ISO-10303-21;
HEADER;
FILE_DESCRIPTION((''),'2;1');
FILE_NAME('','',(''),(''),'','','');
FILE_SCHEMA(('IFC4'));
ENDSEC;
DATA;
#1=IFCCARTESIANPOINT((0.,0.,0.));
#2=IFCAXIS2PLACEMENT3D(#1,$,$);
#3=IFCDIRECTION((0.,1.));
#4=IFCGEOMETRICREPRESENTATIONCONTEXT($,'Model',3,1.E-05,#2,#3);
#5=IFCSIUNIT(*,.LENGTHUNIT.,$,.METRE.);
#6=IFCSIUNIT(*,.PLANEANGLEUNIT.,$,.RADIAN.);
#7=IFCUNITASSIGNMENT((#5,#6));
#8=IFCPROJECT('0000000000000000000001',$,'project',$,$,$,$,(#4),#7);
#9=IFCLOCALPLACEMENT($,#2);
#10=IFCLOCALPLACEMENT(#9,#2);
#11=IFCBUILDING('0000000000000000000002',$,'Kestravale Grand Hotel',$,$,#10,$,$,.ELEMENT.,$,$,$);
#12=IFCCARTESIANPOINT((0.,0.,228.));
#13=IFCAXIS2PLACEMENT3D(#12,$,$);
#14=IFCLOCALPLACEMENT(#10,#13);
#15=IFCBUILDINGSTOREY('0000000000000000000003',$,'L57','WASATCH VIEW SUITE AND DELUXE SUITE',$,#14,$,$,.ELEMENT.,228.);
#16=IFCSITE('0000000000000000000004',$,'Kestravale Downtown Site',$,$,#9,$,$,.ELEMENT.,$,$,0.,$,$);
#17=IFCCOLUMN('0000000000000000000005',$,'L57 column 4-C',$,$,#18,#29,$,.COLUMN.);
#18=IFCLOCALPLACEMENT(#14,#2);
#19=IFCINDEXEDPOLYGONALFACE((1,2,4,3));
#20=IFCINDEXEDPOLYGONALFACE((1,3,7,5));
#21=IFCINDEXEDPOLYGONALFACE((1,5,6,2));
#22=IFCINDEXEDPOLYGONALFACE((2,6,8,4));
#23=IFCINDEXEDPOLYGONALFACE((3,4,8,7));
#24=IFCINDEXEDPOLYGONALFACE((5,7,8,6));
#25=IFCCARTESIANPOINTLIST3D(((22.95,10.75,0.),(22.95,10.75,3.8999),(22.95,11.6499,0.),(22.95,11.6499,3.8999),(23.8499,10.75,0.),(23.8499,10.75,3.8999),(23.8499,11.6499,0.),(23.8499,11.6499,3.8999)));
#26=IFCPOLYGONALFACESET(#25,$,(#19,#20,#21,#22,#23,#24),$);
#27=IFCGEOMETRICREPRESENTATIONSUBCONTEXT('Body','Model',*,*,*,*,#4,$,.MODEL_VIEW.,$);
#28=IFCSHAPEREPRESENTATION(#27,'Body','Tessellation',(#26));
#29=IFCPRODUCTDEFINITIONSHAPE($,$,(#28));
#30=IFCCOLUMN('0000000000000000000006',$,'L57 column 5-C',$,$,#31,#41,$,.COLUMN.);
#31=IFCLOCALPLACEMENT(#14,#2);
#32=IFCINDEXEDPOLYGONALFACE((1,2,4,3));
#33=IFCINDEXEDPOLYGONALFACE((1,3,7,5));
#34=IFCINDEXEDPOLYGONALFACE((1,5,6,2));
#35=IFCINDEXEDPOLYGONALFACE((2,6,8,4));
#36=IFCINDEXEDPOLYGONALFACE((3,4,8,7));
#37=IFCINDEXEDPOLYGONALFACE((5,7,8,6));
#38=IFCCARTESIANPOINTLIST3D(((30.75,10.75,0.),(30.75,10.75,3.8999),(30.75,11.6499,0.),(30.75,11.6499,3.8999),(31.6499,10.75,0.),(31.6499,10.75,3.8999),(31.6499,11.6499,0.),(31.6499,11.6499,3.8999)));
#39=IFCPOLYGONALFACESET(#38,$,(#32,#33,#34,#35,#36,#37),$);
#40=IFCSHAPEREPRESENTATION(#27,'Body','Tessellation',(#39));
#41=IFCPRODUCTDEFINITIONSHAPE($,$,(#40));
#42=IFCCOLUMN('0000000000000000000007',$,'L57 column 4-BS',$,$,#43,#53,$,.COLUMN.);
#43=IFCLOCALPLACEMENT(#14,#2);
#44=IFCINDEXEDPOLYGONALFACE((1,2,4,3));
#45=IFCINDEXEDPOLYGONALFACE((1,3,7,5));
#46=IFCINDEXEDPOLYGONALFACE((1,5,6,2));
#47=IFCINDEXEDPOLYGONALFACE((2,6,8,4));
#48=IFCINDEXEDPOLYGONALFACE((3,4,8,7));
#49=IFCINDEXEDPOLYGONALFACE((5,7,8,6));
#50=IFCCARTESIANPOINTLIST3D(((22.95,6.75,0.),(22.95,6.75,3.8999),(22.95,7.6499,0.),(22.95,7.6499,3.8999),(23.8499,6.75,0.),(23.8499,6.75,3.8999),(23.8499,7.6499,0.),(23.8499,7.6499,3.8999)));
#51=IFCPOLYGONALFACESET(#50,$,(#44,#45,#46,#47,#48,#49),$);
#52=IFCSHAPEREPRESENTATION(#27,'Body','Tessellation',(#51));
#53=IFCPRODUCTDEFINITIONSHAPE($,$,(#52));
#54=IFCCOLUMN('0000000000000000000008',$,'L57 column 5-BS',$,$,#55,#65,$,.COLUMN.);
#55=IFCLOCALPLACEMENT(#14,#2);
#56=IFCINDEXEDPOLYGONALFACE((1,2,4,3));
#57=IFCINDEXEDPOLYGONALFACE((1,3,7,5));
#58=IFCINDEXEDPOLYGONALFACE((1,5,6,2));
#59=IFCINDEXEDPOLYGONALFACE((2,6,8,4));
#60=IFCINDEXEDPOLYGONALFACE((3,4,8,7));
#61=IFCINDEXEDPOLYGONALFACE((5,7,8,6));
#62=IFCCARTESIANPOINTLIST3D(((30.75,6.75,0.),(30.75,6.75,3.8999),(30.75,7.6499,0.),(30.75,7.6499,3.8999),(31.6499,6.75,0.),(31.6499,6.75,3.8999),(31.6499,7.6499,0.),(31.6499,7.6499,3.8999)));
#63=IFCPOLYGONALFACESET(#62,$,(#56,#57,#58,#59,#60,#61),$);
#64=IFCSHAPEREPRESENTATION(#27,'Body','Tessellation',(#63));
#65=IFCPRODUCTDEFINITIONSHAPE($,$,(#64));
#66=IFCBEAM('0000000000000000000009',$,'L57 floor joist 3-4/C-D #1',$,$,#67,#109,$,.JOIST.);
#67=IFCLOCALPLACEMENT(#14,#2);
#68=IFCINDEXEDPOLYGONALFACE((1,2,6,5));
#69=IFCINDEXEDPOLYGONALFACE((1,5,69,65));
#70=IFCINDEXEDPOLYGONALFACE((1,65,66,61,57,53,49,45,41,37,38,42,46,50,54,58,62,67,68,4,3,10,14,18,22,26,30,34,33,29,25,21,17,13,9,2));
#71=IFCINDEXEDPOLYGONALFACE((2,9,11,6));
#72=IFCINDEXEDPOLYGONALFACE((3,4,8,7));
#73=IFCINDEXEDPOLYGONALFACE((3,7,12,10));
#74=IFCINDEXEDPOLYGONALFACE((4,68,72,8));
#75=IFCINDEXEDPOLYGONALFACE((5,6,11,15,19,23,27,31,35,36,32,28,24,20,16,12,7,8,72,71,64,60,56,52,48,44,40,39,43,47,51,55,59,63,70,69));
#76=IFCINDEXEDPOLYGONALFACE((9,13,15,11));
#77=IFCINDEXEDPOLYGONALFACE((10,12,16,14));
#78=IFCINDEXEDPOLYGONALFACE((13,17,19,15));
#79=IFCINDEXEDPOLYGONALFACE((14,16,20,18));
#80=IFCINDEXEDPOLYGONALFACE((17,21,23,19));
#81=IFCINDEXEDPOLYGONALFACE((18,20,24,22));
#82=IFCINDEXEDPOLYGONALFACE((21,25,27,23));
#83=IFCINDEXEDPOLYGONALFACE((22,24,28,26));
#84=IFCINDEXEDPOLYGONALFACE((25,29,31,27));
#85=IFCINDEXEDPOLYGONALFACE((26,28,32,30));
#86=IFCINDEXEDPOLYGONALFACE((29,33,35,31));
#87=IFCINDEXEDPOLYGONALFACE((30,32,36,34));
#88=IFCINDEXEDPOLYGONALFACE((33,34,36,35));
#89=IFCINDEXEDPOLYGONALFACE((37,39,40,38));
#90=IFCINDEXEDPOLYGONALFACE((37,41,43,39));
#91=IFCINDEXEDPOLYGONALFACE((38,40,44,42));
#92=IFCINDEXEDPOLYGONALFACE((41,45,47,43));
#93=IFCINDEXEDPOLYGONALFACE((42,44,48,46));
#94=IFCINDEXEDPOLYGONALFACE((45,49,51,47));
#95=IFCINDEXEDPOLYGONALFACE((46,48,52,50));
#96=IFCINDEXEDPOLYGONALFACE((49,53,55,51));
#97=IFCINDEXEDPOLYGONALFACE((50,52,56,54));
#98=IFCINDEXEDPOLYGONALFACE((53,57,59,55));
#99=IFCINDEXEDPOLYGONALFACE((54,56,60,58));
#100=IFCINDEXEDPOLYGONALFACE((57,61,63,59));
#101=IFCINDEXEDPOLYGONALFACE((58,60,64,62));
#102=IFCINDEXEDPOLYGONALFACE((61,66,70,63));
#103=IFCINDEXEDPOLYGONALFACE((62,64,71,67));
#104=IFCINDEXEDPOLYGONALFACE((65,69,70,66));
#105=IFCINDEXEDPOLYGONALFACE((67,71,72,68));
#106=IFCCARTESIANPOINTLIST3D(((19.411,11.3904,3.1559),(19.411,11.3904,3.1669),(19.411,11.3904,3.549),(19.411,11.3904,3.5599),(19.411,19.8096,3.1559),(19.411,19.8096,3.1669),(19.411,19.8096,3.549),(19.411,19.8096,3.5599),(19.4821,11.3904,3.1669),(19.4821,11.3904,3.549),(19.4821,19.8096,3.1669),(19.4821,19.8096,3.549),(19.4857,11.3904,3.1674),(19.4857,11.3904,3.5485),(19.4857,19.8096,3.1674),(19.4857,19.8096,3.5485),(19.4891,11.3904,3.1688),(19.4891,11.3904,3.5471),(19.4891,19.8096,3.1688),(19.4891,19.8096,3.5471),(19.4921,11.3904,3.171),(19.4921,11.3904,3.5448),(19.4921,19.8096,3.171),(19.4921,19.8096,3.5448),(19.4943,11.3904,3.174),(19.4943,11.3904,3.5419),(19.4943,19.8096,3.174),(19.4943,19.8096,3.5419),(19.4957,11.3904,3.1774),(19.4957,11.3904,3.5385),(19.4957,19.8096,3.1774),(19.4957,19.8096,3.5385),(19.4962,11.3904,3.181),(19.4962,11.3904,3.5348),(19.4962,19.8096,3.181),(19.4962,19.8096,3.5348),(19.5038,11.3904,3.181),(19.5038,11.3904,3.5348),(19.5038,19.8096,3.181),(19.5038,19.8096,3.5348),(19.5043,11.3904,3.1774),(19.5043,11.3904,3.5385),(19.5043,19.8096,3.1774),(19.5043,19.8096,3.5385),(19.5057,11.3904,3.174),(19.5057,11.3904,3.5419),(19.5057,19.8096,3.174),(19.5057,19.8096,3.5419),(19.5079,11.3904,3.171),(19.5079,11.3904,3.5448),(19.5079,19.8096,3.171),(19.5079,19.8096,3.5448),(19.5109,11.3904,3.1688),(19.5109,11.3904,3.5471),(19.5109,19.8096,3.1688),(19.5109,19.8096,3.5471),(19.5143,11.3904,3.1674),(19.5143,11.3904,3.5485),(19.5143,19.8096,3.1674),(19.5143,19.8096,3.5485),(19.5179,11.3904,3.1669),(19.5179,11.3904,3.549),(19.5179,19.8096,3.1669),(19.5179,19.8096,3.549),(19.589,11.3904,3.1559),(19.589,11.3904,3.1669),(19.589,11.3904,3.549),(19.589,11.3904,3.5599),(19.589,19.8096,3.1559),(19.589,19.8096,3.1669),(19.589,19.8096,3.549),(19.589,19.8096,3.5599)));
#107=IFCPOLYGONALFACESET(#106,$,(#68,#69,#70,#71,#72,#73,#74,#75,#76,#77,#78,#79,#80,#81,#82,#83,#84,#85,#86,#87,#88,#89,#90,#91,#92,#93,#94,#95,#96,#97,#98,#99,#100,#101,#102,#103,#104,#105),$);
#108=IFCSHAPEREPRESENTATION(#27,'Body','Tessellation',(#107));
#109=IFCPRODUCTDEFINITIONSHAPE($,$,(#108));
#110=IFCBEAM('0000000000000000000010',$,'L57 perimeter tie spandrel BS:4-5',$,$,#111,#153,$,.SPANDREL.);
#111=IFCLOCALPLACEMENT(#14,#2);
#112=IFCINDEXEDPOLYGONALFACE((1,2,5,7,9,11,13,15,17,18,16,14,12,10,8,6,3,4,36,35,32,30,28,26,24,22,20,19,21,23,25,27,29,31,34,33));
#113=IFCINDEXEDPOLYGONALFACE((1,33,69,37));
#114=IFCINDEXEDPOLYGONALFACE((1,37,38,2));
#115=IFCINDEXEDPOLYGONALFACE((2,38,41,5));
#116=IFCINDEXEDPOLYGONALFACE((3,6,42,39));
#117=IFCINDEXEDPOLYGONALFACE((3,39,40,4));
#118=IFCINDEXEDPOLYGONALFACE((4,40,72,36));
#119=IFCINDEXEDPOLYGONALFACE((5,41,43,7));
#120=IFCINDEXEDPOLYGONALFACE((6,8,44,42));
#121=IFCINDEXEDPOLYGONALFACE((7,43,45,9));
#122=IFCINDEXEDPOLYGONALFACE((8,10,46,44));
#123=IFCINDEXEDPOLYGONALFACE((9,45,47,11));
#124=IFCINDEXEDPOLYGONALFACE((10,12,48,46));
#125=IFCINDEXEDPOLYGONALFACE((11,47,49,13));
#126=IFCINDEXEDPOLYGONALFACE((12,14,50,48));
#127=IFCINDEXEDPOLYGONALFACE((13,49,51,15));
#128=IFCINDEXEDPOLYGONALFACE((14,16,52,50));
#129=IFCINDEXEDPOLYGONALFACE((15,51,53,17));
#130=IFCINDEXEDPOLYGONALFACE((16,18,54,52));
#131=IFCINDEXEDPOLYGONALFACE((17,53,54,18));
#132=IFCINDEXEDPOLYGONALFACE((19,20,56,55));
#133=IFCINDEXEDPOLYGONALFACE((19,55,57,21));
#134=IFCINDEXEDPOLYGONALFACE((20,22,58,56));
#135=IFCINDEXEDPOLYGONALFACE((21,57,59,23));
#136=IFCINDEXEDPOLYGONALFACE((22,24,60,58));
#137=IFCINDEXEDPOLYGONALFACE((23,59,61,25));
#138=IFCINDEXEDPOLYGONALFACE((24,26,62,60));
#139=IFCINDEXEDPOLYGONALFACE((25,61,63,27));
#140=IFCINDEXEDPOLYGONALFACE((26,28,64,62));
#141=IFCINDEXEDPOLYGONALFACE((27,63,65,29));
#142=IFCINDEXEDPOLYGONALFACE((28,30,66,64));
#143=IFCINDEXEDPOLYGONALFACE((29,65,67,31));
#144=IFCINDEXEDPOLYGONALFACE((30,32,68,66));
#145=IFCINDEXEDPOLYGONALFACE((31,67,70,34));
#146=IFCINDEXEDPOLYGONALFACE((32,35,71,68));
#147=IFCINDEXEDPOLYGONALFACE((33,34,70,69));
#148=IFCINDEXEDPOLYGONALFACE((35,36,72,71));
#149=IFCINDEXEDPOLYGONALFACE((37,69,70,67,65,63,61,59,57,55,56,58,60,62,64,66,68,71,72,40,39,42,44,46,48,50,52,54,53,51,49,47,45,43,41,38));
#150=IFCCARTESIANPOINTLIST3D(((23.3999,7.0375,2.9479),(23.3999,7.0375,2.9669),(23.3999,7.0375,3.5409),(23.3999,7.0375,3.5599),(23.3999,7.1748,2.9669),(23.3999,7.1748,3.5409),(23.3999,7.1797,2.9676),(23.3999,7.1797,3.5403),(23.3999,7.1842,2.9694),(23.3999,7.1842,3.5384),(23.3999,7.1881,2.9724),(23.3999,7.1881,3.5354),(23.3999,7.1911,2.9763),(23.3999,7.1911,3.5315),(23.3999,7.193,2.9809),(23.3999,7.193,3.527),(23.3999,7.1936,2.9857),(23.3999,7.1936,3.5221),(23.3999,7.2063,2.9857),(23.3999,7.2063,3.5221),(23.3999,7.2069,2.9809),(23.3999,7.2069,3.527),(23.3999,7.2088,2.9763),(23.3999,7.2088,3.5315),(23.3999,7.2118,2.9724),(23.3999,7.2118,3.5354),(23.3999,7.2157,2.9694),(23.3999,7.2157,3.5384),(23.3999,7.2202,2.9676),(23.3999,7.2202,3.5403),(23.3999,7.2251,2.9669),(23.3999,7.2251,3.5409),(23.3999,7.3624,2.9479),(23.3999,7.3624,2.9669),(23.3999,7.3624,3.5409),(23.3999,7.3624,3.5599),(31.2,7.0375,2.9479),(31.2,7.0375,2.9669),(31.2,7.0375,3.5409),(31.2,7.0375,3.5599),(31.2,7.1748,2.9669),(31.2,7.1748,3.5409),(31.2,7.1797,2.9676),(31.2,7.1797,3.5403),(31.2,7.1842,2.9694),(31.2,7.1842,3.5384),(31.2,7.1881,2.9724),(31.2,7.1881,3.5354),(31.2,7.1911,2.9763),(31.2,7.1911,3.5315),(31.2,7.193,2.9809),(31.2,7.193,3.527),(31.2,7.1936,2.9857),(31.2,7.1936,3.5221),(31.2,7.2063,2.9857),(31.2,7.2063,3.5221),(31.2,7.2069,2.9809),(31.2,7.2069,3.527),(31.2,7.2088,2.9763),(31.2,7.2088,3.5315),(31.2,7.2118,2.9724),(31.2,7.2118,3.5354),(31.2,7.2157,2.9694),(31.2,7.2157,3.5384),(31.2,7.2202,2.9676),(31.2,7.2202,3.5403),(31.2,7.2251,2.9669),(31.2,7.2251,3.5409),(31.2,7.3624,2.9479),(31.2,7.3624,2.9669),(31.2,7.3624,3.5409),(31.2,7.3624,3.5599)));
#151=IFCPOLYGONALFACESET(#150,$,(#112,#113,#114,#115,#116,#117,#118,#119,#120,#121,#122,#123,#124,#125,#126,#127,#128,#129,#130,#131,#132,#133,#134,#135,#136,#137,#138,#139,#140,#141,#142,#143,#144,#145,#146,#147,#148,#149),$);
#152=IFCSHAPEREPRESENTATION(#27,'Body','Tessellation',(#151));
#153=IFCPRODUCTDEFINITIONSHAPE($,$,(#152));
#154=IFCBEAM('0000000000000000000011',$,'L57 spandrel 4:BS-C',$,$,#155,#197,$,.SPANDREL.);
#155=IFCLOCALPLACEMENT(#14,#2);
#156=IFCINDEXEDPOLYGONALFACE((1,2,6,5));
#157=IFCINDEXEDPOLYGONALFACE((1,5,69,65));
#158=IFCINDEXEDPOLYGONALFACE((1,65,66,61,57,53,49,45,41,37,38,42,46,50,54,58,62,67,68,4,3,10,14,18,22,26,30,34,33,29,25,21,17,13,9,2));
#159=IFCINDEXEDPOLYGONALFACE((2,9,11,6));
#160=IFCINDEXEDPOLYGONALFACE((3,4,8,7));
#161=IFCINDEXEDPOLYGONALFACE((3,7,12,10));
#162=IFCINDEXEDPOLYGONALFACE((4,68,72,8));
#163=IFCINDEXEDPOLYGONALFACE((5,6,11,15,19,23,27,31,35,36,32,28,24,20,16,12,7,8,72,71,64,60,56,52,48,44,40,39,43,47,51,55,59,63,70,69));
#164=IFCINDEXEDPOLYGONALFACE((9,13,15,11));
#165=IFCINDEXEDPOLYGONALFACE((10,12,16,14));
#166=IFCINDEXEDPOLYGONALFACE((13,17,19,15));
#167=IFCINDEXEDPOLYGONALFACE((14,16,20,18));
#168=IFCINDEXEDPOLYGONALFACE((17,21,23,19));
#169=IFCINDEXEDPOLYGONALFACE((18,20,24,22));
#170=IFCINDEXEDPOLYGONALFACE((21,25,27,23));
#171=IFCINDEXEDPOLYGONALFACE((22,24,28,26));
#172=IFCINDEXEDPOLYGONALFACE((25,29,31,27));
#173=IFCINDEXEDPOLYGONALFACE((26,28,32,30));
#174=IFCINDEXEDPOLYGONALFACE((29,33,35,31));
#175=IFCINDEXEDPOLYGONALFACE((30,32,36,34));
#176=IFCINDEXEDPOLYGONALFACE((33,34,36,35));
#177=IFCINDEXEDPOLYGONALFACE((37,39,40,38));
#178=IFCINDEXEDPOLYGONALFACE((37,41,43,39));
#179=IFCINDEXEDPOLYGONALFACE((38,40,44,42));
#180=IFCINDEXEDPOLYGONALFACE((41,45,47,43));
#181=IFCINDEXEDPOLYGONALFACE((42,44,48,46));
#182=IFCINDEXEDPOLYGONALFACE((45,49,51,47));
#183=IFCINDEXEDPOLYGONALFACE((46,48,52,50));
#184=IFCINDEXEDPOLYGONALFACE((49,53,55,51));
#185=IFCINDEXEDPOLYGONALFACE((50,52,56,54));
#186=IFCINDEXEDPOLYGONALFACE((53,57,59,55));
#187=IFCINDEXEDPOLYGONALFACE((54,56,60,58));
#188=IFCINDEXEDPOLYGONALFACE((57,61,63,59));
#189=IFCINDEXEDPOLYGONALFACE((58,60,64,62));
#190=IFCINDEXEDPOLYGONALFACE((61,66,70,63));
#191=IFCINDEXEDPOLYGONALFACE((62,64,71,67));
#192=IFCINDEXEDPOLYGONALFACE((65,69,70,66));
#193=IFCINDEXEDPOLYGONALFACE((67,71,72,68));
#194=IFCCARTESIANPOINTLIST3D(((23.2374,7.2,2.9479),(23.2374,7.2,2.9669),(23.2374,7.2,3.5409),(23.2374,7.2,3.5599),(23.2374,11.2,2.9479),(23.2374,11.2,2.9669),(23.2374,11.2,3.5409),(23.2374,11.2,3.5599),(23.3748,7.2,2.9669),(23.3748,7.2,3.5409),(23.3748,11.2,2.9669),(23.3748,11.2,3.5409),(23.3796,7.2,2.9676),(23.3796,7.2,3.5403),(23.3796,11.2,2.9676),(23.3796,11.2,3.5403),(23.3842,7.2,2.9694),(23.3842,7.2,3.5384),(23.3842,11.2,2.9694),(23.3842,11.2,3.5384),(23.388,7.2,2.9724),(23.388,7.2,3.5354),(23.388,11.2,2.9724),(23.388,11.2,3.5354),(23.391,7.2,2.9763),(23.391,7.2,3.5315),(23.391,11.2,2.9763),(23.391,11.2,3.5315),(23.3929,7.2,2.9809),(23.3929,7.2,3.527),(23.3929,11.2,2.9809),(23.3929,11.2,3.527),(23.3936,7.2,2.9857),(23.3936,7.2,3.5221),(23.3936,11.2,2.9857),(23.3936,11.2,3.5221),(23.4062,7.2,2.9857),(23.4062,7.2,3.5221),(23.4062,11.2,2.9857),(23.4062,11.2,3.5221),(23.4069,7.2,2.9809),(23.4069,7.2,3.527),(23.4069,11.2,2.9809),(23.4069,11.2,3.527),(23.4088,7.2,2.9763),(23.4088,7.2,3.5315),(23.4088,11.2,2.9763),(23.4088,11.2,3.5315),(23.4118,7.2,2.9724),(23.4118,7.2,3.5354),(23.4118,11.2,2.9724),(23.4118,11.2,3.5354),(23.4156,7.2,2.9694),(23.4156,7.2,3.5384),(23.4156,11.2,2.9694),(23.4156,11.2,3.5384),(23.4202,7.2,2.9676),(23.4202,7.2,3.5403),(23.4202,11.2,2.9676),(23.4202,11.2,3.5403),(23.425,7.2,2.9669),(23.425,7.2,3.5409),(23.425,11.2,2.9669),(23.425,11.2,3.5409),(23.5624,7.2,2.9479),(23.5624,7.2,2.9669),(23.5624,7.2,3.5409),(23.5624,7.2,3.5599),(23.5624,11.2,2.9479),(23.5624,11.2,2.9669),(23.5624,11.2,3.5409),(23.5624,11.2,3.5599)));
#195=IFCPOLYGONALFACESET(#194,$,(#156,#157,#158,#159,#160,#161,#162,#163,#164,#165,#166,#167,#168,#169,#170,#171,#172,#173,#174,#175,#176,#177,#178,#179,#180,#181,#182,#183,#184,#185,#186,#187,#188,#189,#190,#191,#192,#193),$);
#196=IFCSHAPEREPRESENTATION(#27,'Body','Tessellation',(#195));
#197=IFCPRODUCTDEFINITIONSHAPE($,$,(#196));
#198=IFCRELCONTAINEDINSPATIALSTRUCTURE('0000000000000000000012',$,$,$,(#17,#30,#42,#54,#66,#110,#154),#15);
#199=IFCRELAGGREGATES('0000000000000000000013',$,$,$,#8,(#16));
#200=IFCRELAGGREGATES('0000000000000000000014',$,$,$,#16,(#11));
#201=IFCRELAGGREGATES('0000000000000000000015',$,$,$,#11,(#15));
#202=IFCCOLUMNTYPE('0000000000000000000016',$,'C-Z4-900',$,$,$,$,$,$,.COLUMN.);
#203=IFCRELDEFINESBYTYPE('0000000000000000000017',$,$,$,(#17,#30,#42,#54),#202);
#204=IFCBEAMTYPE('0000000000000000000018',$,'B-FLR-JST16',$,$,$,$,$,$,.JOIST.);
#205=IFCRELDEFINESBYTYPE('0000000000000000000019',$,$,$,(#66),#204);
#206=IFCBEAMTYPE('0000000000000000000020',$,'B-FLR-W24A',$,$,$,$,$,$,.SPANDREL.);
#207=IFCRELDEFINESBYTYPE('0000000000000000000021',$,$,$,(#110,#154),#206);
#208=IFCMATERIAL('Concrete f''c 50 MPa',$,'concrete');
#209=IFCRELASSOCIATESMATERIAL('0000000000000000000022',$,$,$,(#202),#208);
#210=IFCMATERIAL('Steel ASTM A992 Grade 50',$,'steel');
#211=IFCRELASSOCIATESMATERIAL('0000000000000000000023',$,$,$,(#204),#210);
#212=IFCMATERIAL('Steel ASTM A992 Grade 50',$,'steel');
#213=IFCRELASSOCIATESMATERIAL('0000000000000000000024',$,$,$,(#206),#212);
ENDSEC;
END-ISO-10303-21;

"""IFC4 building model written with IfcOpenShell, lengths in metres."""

from ifc_helpers import new_model, si_unit, direction, frame, origin, origin_2d, place, context, subcontext, project, spatial, rectangle, i_section, extrude, material, material_profile, profile_set, type_object, element, save


model = new_model("IFC4")

# Units and contexts
model_context = context("Model", 3, precision=1e-05, world=origin(), true_north=direction((0.0, 1.0)))
body_context = subcontext(model_context, "Body", "Model", "MODEL_VIEW")
ifc_project = project(units=[si_unit("LENGTHUNIT", "METRE"), si_unit("PLANEANGLEUNIT", "RADIAN")], contexts=[model_context])

# Site, building, storey
site_placement = place(None, origin())
site = spatial("IfcSite", under=ifc_project, at=site_placement, Name="Kestravale Downtown Site", CompositionType="ELEMENT", RefElevation=0.0)
building_placement = place(site_placement, origin())
building = spatial("IfcBuilding", under=site, at=building_placement, Name="Kestravale Grand Hotel", CompositionType="ELEMENT")
storey_placement = place(building_placement, frame((0.0, 0.0, 228.0)))
storey = spatial("IfcBuildingStorey", under=building, at=storey_placement, Name="L57", Description="WASATCH VIEW SUITE AND DELUXE SUITE", CompositionType="ELEMENT", Elevation=228.0)

# Columns
ifc_material_1 = material(Name="Concrete f'c 50 MPa", Category="concrete")
ifc_material_profile_1 = material_profile(ifc_material_1, rectangle(XDim=0.8999, YDim=0.8999, at=origin_2d()))
ifc_profile_set_1 = profile_set([ifc_material_profile_1], Name="Concrete f'c 50 MPa")
column_type = type_object("IfcColumnType", Name="C-Z4-900", PredefinedType="COLUMN", material=ifc_profile_set_1)
for number, where, z_axis, x_axis, name in (
    (1, (23.3999, 11.2, 0.0), (0.0, 0.0, 1.0), (1.0, 0.0, 0.0), "L57 column 4-C"),
    (2, (31.2, 11.2, 0.0), (0.0, 0.0, 1.0), (1.0, 0.0, 0.0), "L57 column 5-C"),
    (3, (23.3999, 7.2, 0.0), (0.0, 0.0, 1.0), (1.0, 0.0, 0.0), "L57 column 4-BS"),
    (4, (31.2, 7.2, 0.0), (0.0, 0.0, 1.0), (1.0, 0.0, 0.0), "L57 column 5-BS"),
):
    element("IfcColumn", number, at=place(storey_placement, frame(where, z_axis=z_axis, x_axis=x_axis)), inside=storey, type_object=column_type, Name=name, PredefinedType="COLUMN", context=body_context, shape_type="SweptSolid", body=[
        extrude(rectangle(XDim=0.8999, YDim=0.8999, at=origin_2d()), origin(), (0.0, 0.0, 1.0), 3.8999),
    ])

# Beams
ifc_material_2 = material(Name="Steel ASTM A992 Grade 50", Category="steel")
ifc_material_profile_2 = material_profile(ifc_material_2, i_section(OverallWidth=0.178, OverallDepth=0.4041, WebThickness=0.0076, FlangeThickness=0.011, FilletRadius=0.0142, at=origin_2d()))
ifc_profile_set_2 = profile_set([ifc_material_profile_2], Name="Steel ASTM A992 Grade 50")
beam_type_1 = type_object("IfcBeamType", Name="B-FLR-JST16", PredefinedType="JOIST", material=ifc_profile_set_2)
beam_1_placement = place(storey_placement, frame((19.5, 11.3904, 3.3579), z_axis=(0.0, 1.0, 0.0), x_axis=(-1.0, 0.0, 0.0)))
element("IfcBeam", 5, at=beam_1_placement, inside=storey, type_object=beam_type_1, Name="L57 floor joist 3-4/C-D #1", PredefinedType="JOIST", context=body_context, shape_type="SweptSolid", body=[
    extrude(i_section(OverallWidth=0.178, OverallDepth=0.4041, WebThickness=0.0076, FlangeThickness=0.011, FilletRadius=0.0142, at=origin_2d()), origin(), (0.0, 0.0, 1.0), 8.4192),
])
ifc_material_3 = material(Name="Steel ASTM A992 Grade 50", Category="steel")
ifc_material_profile_3 = material_profile(ifc_material_3, i_section(OverallWidth=0.325, OverallDepth=0.6121, WebThickness=0.0127, FlangeThickness=0.019, FilletRadius=0.0188, at=origin_2d()))
ifc_profile_set_3 = profile_set([ifc_material_profile_3], Name="Steel ASTM A992 Grade 50")
beam_type_2 = type_object("IfcBeamType", Name="B-FLR-W24A", PredefinedType="SPANDREL", material=ifc_profile_set_3)
beam_2_placement = place(storey_placement, frame((23.3999, 7.2, 3.2539), z_axis=(1.0, 0.0, 0.0), x_axis=(0.0, 1.0, 0.0)))
element("IfcBeam", 6, at=beam_2_placement, inside=storey, type_object=beam_type_2, Name="L57 perimeter tie spandrel BS:4-5", PredefinedType="SPANDREL", context=body_context, shape_type="SweptSolid", body=[
    extrude(i_section(OverallWidth=0.325, OverallDepth=0.6121, WebThickness=0.0127, FlangeThickness=0.019, FilletRadius=0.0188, at=origin_2d()), origin(), (0.0, 0.0, 1.0), 7.8),
])
for number, where, z_axis, x_axis, name in (
    (7, (23.3999, 7.2, 3.2539), (0.0, 1.0, 0.0), (-1.0, 0.0, 0.0), "L57 spandrel 4:BS-C"),
):
    element("IfcBeam", number, at=place(storey_placement, frame(where, z_axis=z_axis, x_axis=x_axis)), inside=storey, type_object=beam_type_2, Name=name, PredefinedType="SPANDREL", context=body_context, shape_type="SweptSolid", body=[
        extrude(i_section(OverallWidth=0.325, OverallDepth=0.6121, WebThickness=0.0127, FlangeThickness=0.019, FilletRadius=0.0188, at=origin_2d()), origin(), (0.0, 0.0, 1.0), 4.0),
    ])

save(model, "model.ifc")
